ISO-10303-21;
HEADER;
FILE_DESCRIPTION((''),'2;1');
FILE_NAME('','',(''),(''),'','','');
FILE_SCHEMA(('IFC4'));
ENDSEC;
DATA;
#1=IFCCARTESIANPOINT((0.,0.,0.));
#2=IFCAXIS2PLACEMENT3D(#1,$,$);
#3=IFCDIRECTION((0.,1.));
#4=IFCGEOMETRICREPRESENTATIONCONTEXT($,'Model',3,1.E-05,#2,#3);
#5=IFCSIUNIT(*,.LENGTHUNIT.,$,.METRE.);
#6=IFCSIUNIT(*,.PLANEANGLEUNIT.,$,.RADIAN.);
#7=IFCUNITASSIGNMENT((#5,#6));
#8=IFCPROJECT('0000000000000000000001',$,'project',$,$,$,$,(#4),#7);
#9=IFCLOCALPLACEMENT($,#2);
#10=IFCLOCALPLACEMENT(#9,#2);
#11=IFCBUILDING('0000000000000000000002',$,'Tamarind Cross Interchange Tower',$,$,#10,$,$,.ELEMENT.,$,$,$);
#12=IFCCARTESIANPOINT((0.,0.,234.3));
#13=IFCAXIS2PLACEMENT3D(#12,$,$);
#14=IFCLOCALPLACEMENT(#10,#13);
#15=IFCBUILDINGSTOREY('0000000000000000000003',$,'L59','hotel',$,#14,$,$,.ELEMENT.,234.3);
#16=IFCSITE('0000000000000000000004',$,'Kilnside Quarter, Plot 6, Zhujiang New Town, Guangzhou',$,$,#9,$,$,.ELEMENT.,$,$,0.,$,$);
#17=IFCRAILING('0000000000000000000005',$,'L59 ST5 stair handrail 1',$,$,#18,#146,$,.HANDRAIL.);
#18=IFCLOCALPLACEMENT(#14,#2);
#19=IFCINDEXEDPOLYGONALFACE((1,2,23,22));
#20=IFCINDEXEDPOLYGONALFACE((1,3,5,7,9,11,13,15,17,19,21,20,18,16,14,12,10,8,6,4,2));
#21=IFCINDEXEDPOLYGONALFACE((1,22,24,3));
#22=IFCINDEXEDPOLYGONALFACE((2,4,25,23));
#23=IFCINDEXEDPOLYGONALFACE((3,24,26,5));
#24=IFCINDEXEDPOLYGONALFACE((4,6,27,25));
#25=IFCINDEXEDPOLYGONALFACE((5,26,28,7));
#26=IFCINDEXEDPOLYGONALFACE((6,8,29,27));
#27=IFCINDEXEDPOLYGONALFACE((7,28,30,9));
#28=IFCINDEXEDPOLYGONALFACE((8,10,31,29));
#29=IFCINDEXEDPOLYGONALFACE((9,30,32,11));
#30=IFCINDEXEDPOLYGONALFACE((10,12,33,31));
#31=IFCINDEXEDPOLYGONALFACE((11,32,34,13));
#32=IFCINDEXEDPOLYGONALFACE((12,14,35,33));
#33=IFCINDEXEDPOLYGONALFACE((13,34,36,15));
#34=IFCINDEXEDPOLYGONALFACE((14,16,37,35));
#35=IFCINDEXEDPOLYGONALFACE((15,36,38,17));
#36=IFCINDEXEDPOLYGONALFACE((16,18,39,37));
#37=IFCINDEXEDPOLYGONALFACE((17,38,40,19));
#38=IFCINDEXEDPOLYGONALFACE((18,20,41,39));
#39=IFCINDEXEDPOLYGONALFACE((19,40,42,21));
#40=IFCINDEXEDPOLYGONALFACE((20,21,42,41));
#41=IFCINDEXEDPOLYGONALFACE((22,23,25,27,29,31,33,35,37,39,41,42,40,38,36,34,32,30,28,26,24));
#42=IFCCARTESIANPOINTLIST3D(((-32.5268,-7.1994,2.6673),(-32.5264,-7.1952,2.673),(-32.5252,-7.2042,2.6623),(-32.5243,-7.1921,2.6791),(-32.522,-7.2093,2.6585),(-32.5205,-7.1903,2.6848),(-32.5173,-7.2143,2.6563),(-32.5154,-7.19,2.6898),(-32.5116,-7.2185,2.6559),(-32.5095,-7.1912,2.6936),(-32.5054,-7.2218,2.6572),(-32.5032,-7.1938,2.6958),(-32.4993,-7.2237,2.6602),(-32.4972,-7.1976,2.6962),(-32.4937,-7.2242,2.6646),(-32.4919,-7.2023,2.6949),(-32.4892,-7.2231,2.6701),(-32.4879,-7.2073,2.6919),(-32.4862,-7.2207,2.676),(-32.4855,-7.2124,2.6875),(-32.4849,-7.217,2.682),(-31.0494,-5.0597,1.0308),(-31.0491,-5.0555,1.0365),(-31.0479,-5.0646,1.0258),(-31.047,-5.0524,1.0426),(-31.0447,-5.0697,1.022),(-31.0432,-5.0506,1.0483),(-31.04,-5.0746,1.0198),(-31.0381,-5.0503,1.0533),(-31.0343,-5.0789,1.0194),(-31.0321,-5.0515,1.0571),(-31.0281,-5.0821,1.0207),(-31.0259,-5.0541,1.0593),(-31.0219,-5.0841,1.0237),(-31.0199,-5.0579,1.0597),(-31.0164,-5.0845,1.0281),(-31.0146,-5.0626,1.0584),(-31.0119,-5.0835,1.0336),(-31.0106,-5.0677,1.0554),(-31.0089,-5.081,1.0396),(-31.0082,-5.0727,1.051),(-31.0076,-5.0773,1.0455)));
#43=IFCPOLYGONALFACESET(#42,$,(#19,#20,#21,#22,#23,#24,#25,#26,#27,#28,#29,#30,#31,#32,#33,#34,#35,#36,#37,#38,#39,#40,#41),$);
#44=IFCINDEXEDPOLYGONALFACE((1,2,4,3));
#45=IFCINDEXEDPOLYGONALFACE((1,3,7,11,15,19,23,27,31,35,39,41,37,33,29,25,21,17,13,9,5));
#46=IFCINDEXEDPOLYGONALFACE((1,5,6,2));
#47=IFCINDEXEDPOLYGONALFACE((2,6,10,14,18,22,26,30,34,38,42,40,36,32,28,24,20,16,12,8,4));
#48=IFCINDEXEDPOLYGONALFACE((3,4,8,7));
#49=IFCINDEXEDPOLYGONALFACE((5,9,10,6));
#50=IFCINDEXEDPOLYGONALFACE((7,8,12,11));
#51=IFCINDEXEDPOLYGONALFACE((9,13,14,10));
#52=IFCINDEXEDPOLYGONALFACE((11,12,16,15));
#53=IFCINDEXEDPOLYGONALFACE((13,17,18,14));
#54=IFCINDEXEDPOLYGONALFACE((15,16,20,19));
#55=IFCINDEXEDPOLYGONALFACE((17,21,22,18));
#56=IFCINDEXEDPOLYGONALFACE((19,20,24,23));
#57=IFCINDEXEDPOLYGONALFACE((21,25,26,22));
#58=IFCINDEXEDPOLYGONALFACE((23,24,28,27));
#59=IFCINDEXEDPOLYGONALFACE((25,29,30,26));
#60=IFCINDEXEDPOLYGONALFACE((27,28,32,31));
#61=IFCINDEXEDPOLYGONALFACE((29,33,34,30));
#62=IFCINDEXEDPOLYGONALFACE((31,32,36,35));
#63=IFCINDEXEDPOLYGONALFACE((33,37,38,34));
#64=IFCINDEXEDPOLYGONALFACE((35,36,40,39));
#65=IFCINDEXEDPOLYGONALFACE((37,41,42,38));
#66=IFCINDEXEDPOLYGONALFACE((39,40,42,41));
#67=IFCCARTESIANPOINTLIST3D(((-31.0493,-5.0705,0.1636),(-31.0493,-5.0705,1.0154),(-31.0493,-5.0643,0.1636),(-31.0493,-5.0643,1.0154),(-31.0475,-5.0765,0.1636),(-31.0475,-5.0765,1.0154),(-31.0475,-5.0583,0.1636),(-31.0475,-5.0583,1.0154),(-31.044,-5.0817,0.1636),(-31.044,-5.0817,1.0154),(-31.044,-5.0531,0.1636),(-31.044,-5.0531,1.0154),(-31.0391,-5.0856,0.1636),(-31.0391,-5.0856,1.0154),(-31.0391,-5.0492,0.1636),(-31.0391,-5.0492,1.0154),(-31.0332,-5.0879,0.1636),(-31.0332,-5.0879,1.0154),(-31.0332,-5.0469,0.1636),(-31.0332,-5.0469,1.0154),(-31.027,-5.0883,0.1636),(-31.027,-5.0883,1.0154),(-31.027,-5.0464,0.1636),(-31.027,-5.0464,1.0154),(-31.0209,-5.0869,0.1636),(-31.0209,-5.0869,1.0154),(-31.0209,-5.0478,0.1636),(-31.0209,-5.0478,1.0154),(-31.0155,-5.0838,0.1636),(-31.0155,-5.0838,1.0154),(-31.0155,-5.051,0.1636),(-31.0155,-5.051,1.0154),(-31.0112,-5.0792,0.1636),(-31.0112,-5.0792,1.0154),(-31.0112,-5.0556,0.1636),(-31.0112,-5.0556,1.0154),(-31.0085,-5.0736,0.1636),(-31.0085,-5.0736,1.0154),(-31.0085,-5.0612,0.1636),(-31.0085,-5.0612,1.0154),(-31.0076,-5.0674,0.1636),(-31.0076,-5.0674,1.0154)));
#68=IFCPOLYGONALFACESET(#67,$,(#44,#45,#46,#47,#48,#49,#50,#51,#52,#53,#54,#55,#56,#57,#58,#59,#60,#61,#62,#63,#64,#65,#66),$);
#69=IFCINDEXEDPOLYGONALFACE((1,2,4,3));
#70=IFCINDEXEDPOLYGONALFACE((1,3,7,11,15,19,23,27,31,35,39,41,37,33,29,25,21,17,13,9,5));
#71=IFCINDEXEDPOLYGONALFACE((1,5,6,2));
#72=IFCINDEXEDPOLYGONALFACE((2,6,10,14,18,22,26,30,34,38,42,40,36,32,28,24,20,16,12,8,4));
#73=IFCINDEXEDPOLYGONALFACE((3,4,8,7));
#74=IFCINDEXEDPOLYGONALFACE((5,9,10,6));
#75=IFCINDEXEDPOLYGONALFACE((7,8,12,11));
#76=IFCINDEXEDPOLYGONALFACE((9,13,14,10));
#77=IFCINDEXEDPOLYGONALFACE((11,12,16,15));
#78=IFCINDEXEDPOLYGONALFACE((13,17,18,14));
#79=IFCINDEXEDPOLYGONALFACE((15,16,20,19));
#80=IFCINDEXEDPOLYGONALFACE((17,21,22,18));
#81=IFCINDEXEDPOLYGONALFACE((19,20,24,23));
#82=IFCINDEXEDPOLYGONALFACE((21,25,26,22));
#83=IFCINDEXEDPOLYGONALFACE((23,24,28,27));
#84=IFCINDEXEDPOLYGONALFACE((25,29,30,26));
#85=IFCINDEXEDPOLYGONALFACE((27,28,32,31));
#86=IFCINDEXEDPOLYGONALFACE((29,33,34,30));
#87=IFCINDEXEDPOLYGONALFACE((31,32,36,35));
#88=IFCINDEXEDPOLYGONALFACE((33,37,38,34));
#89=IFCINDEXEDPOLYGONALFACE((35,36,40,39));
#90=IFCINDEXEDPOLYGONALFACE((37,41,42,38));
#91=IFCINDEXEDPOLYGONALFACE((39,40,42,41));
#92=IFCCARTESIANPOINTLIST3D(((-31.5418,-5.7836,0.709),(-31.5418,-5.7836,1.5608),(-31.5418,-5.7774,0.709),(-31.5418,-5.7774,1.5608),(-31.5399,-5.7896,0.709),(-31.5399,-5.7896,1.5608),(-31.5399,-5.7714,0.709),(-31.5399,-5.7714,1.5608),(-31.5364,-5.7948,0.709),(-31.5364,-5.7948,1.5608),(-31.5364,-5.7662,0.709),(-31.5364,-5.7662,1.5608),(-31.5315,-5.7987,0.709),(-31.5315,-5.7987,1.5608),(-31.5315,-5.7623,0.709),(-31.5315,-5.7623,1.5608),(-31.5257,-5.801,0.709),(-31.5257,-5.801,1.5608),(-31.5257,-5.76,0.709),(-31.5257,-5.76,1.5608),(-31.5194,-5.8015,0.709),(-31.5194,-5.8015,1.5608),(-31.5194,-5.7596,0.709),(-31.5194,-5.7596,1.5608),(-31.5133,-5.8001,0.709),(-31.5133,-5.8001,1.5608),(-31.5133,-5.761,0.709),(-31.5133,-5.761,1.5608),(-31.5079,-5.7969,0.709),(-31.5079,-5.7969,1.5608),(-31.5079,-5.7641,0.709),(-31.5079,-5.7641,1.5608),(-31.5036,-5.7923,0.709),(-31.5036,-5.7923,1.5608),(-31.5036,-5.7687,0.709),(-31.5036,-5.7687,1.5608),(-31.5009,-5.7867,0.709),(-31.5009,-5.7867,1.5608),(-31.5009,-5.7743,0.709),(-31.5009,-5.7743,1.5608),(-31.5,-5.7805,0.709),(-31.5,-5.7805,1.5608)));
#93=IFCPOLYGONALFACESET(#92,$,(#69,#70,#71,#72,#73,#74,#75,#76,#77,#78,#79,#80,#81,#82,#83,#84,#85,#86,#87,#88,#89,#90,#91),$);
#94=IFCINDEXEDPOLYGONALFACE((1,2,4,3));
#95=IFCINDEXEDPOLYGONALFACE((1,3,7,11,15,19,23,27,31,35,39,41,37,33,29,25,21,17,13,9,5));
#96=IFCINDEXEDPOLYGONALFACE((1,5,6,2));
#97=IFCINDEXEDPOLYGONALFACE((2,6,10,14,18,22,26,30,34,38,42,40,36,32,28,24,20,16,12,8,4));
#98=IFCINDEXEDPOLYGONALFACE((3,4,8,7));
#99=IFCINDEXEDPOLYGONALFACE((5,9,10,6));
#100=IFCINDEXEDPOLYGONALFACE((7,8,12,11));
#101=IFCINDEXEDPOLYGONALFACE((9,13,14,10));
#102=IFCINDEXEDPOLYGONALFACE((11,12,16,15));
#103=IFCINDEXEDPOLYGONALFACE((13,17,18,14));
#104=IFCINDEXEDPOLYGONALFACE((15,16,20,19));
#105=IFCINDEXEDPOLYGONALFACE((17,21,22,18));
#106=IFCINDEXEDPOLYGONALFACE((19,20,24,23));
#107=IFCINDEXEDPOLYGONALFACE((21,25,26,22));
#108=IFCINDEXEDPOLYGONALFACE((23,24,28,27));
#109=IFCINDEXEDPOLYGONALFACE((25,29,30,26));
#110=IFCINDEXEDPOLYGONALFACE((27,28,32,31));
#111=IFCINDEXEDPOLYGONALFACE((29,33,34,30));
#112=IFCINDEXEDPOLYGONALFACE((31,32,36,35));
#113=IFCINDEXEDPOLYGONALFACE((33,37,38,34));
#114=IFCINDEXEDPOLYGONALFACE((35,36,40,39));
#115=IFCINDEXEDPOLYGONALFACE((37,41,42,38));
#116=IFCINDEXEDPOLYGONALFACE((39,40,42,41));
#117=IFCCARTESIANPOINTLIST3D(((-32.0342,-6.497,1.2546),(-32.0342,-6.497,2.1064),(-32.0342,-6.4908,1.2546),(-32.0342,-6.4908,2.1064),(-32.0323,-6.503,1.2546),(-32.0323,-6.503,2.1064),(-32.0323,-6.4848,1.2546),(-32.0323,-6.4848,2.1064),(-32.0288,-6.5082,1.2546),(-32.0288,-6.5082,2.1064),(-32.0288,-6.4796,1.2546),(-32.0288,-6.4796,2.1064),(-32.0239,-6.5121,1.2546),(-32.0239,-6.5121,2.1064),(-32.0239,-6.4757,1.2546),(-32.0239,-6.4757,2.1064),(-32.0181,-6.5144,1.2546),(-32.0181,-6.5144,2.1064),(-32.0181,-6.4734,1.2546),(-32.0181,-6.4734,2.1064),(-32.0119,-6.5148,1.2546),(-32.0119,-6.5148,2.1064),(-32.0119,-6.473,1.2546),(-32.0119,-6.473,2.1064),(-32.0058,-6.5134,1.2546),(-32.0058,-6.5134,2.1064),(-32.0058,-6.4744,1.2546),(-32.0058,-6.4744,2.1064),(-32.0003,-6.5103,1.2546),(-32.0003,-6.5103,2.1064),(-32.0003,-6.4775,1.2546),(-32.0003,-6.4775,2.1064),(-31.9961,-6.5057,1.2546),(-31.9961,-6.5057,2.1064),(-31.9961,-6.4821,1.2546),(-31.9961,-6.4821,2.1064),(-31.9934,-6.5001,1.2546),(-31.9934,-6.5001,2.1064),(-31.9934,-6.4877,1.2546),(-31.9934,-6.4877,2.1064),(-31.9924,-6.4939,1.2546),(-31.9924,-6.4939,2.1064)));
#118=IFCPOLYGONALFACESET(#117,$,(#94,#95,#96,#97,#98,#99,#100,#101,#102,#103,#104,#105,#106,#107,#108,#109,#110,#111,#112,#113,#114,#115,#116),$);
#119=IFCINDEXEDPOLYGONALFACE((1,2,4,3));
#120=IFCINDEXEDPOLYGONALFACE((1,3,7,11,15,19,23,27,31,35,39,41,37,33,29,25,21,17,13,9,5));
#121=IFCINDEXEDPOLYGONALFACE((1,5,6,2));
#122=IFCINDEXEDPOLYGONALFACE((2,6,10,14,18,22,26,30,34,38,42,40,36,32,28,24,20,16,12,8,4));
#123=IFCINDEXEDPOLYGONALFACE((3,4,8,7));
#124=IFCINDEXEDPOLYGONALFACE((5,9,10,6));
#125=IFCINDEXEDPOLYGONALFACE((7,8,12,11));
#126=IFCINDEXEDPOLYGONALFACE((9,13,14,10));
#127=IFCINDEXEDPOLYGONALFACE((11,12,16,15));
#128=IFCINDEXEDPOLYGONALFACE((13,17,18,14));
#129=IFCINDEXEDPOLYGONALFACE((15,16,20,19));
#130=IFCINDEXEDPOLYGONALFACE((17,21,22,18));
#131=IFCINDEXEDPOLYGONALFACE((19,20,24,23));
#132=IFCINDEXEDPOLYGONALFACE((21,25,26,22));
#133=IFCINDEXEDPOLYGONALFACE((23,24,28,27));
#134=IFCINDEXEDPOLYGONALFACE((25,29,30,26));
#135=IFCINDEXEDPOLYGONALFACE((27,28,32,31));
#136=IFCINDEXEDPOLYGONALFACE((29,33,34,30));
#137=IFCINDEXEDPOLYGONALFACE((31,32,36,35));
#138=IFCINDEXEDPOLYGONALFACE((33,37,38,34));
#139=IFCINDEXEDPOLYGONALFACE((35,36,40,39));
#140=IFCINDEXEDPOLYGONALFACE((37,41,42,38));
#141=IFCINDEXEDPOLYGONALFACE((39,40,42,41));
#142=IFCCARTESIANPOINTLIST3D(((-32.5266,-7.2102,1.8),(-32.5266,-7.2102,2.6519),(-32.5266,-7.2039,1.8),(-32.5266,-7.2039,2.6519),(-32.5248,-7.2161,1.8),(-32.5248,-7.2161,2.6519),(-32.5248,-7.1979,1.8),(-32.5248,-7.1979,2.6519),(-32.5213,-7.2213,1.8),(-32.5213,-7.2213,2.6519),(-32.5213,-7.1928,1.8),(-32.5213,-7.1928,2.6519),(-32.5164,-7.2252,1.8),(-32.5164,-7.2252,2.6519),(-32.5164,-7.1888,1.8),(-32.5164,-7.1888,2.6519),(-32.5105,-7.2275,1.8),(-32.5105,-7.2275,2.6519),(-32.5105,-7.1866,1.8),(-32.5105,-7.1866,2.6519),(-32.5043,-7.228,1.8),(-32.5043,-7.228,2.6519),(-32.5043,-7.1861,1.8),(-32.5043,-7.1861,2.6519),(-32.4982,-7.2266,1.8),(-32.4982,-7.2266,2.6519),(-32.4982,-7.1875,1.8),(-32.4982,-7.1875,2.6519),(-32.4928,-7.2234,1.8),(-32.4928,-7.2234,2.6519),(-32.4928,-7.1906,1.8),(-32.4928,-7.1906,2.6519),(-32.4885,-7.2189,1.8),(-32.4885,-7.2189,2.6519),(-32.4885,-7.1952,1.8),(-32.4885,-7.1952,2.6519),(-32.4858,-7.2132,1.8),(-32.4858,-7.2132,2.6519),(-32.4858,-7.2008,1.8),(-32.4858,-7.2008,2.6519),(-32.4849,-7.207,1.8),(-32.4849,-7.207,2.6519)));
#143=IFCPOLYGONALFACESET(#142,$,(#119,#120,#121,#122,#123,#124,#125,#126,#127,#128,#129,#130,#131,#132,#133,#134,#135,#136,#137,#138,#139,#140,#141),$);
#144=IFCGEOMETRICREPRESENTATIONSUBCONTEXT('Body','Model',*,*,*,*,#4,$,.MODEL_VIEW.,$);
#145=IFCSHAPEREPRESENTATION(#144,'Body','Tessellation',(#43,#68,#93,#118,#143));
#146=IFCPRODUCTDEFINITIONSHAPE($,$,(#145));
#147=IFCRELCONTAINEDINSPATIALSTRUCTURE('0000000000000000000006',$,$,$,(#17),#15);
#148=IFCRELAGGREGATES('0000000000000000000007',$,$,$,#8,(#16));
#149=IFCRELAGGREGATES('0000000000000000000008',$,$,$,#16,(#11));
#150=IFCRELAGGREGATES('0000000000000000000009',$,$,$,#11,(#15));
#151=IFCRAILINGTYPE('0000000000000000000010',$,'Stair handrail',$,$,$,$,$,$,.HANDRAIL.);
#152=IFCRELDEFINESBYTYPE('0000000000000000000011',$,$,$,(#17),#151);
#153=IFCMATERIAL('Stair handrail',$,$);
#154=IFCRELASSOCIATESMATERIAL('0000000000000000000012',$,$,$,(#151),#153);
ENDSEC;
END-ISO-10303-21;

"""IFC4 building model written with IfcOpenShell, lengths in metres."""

from ifc_helpers import new_model, si_unit, direction, frame, origin, origin_2d, place, context, subcontext, project, spatial, circle, extrude, material, type_object, element, save


model = new_model("IFC4")

# Units and contexts
model_context = context("Model", 3, precision=1e-05, world=origin(), true_north=direction((0.0, 1.0)))
body_context = subcontext(model_context, "Body", "Model", "MODEL_VIEW")
ifc_project = project(units=[si_unit("LENGTHUNIT", "METRE"), si_unit("PLANEANGLEUNIT", "RADIAN")], contexts=[model_context])

# Site, building, storey
site_placement = place(None, origin())
site = spatial("IfcSite", under=ifc_project, at=site_placement, Name="Kilnside Quarter, Plot 6, Zhujiang New Town, Guangzhou", CompositionType="ELEMENT", RefElevation=0.0)
building_placement = place(site_placement, origin())
building = spatial("IfcBuilding", under=site, at=building_placement, Name="Tamarind Cross Interchange Tower", CompositionType="ELEMENT")
storey_placement = place(building_placement, frame((0.0, 0.0, 234.3)))
storey = spatial("IfcBuildingStorey", under=building, at=storey_placement, Name="L59", Description="hotel", CompositionType="ELEMENT", Elevation=234.3)

# Railing
ifc_material_1 = material(Name="Stair handrail")
railing_type_1 = type_object("IfcRailingType", Name="Stair handrail", PredefinedType="HANDRAIL", material=ifc_material_1)
railing_1_placement = place(storey_placement, frame((-31.0286, -5.0674, 0.1636)))
element("IfcRailing", 1, at=railing_1_placement, inside=storey, type_object=railing_type_1, Name="L59 ST5 stair handrail 1", PredefinedType="HANDRAIL", context=body_context, shape_type="SweptSolid", body=[
    extrude(circle(Radius=0.0239, at=origin_2d()), frame((0.0, 0.0, 0.876), z_axis=(-0.480856, -0.69645, 0.532668), x_axis=(0.822912, -0.56817, 0.0)), (0.0, 0.0, 1.0), 3.0723),
    extrude(circle(Radius=0.021, at=origin_2d()), origin(), (0.0, 0.0, 1.0), 0.8518),
    extrude(circle(Radius=0.021, at=origin_2d()), frame((-0.4924, -0.7131, 0.5454)), (0.0, 0.0, 1.0), 0.8518),
    extrude(circle(Radius=0.021, at=origin_2d()), frame((-0.9849, -1.4265, 1.0911)), (0.0, 0.0, 1.0), 0.8518),
    extrude(circle(Radius=0.021, at=origin_2d()), frame((-1.4773, -2.1396, 1.6365)), (0.0, 0.0, 1.0), 0.8518),
])

save(model, "model.ifc")
